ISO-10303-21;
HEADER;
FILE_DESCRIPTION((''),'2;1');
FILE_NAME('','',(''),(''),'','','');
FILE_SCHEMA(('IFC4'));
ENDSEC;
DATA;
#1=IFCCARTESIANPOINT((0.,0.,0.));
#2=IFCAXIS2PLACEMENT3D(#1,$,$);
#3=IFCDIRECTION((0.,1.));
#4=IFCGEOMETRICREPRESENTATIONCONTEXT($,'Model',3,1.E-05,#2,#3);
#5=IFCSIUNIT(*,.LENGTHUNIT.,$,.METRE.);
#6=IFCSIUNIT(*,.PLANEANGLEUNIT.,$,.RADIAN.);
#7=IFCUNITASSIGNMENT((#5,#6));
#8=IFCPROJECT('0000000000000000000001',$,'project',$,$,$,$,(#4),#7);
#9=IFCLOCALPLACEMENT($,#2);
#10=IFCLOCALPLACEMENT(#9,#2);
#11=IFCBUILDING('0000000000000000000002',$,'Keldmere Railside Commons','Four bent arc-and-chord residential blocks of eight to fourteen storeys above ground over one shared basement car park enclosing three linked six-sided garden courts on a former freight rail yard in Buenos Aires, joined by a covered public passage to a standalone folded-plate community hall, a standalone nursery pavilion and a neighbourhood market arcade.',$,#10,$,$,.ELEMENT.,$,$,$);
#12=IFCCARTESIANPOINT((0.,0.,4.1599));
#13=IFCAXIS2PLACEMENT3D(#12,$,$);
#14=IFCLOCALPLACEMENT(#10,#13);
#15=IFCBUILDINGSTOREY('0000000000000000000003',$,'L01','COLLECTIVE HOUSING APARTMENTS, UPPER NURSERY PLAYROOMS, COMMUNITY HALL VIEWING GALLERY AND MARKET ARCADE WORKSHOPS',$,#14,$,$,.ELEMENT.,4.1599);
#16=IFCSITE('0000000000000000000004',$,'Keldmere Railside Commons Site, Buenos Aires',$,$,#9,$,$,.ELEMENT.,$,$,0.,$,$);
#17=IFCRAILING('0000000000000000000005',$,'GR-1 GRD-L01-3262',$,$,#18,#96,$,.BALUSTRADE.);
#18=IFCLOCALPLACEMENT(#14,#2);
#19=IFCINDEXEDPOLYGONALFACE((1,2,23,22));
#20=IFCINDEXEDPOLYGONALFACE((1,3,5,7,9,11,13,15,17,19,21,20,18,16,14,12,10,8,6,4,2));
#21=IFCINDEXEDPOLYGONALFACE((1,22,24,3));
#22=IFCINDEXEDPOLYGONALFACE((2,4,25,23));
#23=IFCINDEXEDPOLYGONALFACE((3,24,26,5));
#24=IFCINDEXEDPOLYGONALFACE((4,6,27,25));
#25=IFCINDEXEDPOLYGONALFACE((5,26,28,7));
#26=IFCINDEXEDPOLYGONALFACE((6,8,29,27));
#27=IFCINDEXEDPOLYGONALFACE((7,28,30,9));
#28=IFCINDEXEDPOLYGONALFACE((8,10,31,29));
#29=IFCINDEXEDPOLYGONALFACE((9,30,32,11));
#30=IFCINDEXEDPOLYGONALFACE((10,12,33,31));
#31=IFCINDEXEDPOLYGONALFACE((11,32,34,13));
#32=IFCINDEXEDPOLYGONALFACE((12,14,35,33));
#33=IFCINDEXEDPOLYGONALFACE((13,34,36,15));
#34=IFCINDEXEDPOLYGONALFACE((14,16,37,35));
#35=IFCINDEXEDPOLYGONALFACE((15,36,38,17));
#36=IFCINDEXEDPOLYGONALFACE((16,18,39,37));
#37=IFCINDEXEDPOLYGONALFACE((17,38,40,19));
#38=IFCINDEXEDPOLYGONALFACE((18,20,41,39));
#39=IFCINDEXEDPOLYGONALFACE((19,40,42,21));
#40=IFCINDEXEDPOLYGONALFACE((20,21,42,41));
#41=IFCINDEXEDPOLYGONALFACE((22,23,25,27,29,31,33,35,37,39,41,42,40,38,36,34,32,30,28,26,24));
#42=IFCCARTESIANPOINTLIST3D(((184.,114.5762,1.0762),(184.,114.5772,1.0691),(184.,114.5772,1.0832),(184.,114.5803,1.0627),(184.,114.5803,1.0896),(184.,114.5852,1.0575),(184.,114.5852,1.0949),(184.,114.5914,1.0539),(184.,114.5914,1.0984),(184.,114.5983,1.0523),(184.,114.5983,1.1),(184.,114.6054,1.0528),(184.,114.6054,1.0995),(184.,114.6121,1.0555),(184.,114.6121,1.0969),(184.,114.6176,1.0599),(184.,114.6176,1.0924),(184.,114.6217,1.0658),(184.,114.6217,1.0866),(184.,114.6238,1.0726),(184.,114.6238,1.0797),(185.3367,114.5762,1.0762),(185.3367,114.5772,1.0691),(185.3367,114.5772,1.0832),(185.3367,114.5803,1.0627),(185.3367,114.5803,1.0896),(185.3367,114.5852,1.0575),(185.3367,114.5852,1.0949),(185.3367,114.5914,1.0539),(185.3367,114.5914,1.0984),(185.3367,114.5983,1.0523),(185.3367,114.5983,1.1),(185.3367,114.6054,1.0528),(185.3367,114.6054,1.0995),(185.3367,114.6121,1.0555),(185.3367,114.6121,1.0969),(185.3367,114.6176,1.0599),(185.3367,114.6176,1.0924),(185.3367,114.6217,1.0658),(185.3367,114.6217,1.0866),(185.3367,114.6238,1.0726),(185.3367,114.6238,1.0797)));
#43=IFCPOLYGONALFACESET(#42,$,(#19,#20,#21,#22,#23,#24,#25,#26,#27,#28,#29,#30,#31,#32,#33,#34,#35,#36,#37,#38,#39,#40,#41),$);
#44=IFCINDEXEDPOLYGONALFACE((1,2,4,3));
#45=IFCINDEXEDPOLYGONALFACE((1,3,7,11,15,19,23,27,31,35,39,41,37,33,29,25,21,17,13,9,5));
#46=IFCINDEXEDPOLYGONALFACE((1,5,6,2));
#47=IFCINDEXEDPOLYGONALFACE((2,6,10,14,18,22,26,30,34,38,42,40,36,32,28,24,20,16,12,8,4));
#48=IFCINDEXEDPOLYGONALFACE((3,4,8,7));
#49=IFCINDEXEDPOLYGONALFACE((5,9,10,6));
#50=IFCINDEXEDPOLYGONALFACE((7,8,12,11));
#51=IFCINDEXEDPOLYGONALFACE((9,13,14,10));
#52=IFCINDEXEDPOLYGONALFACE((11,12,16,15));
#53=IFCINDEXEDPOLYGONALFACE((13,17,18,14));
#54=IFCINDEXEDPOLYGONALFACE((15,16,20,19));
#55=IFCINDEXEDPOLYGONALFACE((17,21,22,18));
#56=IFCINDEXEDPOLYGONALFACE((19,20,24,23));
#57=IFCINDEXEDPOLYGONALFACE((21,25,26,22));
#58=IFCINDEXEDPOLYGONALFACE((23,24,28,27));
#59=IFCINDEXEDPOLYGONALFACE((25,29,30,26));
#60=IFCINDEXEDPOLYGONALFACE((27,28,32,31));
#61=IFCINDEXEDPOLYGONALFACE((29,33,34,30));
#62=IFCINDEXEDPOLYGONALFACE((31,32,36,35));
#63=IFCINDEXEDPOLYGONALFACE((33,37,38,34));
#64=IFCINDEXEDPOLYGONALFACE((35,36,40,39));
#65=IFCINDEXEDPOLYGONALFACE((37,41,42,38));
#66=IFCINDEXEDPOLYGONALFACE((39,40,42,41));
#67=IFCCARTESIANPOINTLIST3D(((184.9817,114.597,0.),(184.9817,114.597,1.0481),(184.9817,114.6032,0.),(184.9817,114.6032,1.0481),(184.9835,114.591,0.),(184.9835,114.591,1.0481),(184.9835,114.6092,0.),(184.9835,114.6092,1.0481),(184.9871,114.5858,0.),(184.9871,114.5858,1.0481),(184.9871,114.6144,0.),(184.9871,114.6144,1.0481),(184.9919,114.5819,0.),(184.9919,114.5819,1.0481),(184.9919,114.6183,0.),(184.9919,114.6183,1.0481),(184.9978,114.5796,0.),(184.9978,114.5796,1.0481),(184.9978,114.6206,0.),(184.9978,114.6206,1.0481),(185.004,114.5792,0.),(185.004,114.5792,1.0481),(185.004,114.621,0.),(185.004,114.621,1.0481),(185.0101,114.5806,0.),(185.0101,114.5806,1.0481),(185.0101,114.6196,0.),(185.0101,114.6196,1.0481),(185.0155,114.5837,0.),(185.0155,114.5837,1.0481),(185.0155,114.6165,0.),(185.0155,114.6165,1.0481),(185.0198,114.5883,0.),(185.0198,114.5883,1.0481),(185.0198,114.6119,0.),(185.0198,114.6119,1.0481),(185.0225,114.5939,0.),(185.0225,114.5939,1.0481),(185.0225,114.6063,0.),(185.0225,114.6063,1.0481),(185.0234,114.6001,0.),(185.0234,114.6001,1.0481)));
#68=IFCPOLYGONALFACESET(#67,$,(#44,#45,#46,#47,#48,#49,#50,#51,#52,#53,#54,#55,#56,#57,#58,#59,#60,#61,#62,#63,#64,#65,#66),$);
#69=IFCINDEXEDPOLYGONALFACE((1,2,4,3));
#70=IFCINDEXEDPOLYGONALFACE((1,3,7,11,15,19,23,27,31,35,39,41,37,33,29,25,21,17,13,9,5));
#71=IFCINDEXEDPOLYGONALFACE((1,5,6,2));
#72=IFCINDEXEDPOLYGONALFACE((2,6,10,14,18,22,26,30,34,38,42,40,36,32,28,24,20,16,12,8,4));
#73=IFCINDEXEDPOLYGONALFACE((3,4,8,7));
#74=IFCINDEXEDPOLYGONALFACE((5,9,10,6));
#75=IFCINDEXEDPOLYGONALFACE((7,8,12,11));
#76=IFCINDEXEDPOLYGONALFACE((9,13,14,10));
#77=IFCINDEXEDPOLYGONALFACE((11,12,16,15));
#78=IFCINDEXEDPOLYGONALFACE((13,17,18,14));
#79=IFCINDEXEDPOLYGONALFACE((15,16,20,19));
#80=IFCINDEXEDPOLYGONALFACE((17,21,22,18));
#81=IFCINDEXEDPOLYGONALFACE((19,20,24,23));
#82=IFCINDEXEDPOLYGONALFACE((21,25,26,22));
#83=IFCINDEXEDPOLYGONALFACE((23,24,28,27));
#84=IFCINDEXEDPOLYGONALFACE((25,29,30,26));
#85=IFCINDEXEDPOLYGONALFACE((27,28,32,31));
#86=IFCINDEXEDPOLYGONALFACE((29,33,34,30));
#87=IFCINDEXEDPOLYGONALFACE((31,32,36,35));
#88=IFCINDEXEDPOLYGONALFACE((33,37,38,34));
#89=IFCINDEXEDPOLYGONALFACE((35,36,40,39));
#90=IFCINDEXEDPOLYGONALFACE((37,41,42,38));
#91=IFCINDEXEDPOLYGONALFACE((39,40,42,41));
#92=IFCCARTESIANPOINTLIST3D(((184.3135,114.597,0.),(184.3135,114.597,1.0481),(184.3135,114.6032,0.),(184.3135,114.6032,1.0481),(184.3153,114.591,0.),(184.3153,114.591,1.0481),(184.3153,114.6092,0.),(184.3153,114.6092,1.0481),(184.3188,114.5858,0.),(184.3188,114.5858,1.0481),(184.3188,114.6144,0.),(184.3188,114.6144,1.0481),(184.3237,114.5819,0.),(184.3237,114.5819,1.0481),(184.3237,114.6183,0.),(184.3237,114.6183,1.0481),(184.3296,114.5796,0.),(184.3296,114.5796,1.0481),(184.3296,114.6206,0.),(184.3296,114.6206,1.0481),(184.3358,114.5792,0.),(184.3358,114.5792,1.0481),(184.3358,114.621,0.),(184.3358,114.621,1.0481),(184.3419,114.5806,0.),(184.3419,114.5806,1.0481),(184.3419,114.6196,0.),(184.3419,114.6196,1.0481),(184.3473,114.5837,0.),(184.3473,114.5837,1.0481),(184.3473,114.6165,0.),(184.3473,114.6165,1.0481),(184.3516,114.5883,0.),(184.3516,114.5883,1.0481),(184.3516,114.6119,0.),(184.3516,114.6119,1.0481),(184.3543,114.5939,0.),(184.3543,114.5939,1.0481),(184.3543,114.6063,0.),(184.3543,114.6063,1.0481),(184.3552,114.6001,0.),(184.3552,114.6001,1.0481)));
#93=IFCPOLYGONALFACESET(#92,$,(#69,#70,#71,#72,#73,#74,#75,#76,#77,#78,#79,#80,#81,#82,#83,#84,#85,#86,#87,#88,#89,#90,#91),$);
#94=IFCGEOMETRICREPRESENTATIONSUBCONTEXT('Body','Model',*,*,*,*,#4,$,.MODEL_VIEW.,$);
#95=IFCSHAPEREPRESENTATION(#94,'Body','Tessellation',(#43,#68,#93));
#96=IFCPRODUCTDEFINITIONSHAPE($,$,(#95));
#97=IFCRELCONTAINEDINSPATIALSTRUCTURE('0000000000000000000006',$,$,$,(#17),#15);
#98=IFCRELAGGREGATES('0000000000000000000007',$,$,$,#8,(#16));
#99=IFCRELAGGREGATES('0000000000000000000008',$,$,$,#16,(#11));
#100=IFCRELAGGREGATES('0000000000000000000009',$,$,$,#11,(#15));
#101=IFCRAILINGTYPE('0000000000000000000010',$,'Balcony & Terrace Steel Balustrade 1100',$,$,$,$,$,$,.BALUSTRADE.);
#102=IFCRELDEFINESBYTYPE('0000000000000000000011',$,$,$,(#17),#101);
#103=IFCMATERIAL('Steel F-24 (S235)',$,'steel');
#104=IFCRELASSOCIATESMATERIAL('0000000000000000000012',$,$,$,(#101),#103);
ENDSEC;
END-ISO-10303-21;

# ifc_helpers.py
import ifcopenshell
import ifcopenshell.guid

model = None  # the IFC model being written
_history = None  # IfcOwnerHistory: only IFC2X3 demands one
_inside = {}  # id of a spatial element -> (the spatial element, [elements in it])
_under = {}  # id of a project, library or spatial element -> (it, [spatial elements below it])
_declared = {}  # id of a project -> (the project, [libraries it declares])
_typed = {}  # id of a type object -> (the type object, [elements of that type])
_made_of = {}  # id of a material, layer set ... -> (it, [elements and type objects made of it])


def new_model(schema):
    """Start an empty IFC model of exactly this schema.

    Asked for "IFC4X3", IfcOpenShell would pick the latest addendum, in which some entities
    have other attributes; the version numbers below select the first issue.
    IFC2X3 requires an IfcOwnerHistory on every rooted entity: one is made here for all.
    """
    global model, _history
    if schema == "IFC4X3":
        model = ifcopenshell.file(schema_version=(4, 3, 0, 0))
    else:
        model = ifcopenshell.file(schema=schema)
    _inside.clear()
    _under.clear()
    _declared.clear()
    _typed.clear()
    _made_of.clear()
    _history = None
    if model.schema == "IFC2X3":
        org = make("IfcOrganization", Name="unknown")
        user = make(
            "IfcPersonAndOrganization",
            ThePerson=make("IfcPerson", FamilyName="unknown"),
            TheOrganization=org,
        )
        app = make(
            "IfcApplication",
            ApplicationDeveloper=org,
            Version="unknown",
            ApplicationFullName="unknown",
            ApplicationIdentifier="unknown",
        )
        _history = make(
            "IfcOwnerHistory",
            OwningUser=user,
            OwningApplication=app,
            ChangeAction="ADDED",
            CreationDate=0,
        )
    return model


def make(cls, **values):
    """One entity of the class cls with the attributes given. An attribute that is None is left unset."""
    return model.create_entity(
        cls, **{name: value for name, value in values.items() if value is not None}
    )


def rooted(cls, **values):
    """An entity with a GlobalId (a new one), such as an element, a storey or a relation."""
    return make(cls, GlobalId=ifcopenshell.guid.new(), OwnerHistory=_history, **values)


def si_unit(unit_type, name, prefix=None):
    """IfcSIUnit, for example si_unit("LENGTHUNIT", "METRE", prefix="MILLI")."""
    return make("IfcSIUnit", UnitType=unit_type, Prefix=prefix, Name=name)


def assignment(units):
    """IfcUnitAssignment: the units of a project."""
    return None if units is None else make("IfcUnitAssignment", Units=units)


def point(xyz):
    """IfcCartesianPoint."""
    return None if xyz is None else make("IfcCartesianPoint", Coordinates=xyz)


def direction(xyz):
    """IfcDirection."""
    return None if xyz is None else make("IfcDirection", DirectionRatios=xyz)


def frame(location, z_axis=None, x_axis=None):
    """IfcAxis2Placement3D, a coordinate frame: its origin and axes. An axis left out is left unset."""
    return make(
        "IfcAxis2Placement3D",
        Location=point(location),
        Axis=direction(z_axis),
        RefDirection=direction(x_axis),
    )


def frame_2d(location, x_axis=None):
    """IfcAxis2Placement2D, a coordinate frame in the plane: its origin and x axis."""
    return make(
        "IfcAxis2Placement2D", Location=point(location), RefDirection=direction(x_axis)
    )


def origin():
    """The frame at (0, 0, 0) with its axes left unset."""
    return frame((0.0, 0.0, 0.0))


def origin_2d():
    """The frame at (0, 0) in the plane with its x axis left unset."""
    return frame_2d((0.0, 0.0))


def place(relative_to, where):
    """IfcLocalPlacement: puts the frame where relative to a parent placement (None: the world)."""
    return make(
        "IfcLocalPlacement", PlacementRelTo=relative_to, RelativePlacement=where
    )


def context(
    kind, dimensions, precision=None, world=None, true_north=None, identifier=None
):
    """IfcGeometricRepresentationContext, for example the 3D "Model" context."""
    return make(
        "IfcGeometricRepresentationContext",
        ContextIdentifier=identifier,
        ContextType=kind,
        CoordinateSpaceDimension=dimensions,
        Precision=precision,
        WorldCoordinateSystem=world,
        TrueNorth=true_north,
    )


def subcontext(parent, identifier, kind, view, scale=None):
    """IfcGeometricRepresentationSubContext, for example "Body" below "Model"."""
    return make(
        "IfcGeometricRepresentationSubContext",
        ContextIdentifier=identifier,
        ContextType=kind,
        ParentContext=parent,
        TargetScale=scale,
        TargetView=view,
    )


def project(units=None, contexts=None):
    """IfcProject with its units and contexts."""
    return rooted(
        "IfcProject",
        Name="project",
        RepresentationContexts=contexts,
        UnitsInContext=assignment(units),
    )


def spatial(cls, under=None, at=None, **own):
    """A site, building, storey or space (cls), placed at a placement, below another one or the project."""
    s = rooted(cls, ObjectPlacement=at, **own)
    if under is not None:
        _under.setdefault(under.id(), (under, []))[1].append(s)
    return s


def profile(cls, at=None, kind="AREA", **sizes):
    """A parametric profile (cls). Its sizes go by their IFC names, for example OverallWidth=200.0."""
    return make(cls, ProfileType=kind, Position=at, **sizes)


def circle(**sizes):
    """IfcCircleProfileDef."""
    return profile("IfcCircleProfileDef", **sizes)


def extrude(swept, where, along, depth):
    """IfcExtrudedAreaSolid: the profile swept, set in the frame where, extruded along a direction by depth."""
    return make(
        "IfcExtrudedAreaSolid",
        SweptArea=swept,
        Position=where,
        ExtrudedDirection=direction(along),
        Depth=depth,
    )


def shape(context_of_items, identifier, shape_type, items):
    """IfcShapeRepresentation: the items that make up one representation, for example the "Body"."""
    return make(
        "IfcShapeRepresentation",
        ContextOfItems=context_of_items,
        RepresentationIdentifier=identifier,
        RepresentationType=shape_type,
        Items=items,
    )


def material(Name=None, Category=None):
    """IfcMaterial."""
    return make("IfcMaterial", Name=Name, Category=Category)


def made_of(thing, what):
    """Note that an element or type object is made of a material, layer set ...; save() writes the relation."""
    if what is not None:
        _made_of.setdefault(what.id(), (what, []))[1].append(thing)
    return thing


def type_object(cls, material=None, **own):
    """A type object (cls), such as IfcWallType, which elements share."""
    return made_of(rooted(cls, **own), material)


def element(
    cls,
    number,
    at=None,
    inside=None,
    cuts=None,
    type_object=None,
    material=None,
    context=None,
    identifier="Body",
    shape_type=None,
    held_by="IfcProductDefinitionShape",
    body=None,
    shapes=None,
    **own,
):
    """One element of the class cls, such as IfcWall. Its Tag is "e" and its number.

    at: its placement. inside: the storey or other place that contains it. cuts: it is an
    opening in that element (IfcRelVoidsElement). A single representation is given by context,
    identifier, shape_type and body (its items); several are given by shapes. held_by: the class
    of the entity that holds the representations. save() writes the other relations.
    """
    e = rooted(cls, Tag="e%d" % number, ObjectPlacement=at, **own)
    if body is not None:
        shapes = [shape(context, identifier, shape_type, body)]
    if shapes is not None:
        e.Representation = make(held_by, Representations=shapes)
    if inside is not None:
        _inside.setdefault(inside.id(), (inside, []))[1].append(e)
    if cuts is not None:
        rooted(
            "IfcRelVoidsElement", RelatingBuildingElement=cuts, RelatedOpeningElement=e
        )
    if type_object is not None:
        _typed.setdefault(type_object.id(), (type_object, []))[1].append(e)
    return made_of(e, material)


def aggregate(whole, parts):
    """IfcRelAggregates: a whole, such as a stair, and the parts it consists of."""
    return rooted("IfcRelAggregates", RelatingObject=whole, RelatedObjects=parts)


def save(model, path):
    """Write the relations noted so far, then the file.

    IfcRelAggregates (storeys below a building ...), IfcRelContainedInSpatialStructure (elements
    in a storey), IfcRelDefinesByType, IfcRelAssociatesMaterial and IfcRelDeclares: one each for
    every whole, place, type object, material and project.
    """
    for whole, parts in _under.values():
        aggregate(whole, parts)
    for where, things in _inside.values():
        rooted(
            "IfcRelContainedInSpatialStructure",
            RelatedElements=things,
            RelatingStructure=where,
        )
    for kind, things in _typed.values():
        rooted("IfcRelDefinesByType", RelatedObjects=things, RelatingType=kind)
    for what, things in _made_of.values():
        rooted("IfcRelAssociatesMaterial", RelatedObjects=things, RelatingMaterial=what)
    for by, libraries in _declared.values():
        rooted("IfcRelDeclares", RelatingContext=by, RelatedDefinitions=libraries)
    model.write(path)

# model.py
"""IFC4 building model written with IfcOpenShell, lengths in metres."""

from ifc_helpers import new_model, si_unit, direction, frame, origin, origin_2d, place, context, subcontext, project, spatial, circle, extrude, material, type_object, element, save


model = new_model("IFC4")

# Units and contexts
model_context = context("Model", 3, precision=1e-05, world=origin(), true_north=direction((0.0, 1.0)))
body_context = subcontext(model_context, "Body", "Model", "MODEL_VIEW")
ifc_project = project(units=[si_unit("LENGTHUNIT", "METRE"), si_unit("PLANEANGLEUNIT", "RADIAN")], contexts=[model_context])

# Site, building, storey
site_placement = place(None, origin())
site = spatial("IfcSite", under=ifc_project, at=site_placement, Name="Keldmere Railside Commons Site, Buenos Aires", CompositionType="ELEMENT", RefElevation=0.0)
building_placement = place(site_placement, origin())
building = spatial("IfcBuilding", under=site, at=building_placement, Name="Keldmere Railside Commons", Description="Four bent arc-and-chord residential blocks of eight to fourteen storeys above ground over one shared basement car park enclosing three linked six-sided garden courts on a former freight rail yard in Buenos Aires, joined by a covered public passage to a standalone folded-plate community hall, a standalone nursery pavilion and a neighbourhood market arcade.", CompositionType="ELEMENT")
storey_placement = place(building_placement, frame((0.0, 0.0, 4.1599)))
storey = spatial("IfcBuildingStorey", under=building, at=storey_placement, Name="L01", Description="COLLECTIVE HOUSING APARTMENTS, UPPER NURSERY PLAYROOMS, COMMUNITY HALL VIEWING GALLERY AND MARKET ARCADE WORKSHOPS", CompositionType="ELEMENT", Elevation=4.1599)

# Railing
ifc_material_1 = material(Name="Steel F-24 (S235)", Category="steel")
railing_type = type_object("IfcRailingType", Name="Balcony & Terrace Steel Balustrade 1100", PredefinedType="BALUSTRADE", material=ifc_material_1)
railing_1_placement = place(storey_placement, frame((185.3367, 114.6001, 0.0)))
element("IfcRailing", 1, at=railing_1_placement, inside=storey, type_object=railing_type, Name="GR-1 GRD-L01-3262", PredefinedType="BALUSTRADE", context=body_context, shape_type="SweptSolid", body=[
    extrude(circle(Radius=0.0239, at=origin_2d()), frame((0.0, 0.0, 1.0762), z_axis=(-1.0, 0.0, 0.0), x_axis=(0.0, -1.0, 0.0)), (0.0, 0.0, 1.0), 1.3367),
    extrude(circle(Radius=0.021, at=origin_2d()), frame((-0.3342, 0.0, 0.0)), (0.0, 0.0, 1.0), 1.0481),
    extrude(circle(Radius=0.021, at=origin_2d()), frame((-1.0024, 0.0, 0.0)), (0.0, 0.0, 1.0), 1.0481),
])

save(model, "model.ifc")
